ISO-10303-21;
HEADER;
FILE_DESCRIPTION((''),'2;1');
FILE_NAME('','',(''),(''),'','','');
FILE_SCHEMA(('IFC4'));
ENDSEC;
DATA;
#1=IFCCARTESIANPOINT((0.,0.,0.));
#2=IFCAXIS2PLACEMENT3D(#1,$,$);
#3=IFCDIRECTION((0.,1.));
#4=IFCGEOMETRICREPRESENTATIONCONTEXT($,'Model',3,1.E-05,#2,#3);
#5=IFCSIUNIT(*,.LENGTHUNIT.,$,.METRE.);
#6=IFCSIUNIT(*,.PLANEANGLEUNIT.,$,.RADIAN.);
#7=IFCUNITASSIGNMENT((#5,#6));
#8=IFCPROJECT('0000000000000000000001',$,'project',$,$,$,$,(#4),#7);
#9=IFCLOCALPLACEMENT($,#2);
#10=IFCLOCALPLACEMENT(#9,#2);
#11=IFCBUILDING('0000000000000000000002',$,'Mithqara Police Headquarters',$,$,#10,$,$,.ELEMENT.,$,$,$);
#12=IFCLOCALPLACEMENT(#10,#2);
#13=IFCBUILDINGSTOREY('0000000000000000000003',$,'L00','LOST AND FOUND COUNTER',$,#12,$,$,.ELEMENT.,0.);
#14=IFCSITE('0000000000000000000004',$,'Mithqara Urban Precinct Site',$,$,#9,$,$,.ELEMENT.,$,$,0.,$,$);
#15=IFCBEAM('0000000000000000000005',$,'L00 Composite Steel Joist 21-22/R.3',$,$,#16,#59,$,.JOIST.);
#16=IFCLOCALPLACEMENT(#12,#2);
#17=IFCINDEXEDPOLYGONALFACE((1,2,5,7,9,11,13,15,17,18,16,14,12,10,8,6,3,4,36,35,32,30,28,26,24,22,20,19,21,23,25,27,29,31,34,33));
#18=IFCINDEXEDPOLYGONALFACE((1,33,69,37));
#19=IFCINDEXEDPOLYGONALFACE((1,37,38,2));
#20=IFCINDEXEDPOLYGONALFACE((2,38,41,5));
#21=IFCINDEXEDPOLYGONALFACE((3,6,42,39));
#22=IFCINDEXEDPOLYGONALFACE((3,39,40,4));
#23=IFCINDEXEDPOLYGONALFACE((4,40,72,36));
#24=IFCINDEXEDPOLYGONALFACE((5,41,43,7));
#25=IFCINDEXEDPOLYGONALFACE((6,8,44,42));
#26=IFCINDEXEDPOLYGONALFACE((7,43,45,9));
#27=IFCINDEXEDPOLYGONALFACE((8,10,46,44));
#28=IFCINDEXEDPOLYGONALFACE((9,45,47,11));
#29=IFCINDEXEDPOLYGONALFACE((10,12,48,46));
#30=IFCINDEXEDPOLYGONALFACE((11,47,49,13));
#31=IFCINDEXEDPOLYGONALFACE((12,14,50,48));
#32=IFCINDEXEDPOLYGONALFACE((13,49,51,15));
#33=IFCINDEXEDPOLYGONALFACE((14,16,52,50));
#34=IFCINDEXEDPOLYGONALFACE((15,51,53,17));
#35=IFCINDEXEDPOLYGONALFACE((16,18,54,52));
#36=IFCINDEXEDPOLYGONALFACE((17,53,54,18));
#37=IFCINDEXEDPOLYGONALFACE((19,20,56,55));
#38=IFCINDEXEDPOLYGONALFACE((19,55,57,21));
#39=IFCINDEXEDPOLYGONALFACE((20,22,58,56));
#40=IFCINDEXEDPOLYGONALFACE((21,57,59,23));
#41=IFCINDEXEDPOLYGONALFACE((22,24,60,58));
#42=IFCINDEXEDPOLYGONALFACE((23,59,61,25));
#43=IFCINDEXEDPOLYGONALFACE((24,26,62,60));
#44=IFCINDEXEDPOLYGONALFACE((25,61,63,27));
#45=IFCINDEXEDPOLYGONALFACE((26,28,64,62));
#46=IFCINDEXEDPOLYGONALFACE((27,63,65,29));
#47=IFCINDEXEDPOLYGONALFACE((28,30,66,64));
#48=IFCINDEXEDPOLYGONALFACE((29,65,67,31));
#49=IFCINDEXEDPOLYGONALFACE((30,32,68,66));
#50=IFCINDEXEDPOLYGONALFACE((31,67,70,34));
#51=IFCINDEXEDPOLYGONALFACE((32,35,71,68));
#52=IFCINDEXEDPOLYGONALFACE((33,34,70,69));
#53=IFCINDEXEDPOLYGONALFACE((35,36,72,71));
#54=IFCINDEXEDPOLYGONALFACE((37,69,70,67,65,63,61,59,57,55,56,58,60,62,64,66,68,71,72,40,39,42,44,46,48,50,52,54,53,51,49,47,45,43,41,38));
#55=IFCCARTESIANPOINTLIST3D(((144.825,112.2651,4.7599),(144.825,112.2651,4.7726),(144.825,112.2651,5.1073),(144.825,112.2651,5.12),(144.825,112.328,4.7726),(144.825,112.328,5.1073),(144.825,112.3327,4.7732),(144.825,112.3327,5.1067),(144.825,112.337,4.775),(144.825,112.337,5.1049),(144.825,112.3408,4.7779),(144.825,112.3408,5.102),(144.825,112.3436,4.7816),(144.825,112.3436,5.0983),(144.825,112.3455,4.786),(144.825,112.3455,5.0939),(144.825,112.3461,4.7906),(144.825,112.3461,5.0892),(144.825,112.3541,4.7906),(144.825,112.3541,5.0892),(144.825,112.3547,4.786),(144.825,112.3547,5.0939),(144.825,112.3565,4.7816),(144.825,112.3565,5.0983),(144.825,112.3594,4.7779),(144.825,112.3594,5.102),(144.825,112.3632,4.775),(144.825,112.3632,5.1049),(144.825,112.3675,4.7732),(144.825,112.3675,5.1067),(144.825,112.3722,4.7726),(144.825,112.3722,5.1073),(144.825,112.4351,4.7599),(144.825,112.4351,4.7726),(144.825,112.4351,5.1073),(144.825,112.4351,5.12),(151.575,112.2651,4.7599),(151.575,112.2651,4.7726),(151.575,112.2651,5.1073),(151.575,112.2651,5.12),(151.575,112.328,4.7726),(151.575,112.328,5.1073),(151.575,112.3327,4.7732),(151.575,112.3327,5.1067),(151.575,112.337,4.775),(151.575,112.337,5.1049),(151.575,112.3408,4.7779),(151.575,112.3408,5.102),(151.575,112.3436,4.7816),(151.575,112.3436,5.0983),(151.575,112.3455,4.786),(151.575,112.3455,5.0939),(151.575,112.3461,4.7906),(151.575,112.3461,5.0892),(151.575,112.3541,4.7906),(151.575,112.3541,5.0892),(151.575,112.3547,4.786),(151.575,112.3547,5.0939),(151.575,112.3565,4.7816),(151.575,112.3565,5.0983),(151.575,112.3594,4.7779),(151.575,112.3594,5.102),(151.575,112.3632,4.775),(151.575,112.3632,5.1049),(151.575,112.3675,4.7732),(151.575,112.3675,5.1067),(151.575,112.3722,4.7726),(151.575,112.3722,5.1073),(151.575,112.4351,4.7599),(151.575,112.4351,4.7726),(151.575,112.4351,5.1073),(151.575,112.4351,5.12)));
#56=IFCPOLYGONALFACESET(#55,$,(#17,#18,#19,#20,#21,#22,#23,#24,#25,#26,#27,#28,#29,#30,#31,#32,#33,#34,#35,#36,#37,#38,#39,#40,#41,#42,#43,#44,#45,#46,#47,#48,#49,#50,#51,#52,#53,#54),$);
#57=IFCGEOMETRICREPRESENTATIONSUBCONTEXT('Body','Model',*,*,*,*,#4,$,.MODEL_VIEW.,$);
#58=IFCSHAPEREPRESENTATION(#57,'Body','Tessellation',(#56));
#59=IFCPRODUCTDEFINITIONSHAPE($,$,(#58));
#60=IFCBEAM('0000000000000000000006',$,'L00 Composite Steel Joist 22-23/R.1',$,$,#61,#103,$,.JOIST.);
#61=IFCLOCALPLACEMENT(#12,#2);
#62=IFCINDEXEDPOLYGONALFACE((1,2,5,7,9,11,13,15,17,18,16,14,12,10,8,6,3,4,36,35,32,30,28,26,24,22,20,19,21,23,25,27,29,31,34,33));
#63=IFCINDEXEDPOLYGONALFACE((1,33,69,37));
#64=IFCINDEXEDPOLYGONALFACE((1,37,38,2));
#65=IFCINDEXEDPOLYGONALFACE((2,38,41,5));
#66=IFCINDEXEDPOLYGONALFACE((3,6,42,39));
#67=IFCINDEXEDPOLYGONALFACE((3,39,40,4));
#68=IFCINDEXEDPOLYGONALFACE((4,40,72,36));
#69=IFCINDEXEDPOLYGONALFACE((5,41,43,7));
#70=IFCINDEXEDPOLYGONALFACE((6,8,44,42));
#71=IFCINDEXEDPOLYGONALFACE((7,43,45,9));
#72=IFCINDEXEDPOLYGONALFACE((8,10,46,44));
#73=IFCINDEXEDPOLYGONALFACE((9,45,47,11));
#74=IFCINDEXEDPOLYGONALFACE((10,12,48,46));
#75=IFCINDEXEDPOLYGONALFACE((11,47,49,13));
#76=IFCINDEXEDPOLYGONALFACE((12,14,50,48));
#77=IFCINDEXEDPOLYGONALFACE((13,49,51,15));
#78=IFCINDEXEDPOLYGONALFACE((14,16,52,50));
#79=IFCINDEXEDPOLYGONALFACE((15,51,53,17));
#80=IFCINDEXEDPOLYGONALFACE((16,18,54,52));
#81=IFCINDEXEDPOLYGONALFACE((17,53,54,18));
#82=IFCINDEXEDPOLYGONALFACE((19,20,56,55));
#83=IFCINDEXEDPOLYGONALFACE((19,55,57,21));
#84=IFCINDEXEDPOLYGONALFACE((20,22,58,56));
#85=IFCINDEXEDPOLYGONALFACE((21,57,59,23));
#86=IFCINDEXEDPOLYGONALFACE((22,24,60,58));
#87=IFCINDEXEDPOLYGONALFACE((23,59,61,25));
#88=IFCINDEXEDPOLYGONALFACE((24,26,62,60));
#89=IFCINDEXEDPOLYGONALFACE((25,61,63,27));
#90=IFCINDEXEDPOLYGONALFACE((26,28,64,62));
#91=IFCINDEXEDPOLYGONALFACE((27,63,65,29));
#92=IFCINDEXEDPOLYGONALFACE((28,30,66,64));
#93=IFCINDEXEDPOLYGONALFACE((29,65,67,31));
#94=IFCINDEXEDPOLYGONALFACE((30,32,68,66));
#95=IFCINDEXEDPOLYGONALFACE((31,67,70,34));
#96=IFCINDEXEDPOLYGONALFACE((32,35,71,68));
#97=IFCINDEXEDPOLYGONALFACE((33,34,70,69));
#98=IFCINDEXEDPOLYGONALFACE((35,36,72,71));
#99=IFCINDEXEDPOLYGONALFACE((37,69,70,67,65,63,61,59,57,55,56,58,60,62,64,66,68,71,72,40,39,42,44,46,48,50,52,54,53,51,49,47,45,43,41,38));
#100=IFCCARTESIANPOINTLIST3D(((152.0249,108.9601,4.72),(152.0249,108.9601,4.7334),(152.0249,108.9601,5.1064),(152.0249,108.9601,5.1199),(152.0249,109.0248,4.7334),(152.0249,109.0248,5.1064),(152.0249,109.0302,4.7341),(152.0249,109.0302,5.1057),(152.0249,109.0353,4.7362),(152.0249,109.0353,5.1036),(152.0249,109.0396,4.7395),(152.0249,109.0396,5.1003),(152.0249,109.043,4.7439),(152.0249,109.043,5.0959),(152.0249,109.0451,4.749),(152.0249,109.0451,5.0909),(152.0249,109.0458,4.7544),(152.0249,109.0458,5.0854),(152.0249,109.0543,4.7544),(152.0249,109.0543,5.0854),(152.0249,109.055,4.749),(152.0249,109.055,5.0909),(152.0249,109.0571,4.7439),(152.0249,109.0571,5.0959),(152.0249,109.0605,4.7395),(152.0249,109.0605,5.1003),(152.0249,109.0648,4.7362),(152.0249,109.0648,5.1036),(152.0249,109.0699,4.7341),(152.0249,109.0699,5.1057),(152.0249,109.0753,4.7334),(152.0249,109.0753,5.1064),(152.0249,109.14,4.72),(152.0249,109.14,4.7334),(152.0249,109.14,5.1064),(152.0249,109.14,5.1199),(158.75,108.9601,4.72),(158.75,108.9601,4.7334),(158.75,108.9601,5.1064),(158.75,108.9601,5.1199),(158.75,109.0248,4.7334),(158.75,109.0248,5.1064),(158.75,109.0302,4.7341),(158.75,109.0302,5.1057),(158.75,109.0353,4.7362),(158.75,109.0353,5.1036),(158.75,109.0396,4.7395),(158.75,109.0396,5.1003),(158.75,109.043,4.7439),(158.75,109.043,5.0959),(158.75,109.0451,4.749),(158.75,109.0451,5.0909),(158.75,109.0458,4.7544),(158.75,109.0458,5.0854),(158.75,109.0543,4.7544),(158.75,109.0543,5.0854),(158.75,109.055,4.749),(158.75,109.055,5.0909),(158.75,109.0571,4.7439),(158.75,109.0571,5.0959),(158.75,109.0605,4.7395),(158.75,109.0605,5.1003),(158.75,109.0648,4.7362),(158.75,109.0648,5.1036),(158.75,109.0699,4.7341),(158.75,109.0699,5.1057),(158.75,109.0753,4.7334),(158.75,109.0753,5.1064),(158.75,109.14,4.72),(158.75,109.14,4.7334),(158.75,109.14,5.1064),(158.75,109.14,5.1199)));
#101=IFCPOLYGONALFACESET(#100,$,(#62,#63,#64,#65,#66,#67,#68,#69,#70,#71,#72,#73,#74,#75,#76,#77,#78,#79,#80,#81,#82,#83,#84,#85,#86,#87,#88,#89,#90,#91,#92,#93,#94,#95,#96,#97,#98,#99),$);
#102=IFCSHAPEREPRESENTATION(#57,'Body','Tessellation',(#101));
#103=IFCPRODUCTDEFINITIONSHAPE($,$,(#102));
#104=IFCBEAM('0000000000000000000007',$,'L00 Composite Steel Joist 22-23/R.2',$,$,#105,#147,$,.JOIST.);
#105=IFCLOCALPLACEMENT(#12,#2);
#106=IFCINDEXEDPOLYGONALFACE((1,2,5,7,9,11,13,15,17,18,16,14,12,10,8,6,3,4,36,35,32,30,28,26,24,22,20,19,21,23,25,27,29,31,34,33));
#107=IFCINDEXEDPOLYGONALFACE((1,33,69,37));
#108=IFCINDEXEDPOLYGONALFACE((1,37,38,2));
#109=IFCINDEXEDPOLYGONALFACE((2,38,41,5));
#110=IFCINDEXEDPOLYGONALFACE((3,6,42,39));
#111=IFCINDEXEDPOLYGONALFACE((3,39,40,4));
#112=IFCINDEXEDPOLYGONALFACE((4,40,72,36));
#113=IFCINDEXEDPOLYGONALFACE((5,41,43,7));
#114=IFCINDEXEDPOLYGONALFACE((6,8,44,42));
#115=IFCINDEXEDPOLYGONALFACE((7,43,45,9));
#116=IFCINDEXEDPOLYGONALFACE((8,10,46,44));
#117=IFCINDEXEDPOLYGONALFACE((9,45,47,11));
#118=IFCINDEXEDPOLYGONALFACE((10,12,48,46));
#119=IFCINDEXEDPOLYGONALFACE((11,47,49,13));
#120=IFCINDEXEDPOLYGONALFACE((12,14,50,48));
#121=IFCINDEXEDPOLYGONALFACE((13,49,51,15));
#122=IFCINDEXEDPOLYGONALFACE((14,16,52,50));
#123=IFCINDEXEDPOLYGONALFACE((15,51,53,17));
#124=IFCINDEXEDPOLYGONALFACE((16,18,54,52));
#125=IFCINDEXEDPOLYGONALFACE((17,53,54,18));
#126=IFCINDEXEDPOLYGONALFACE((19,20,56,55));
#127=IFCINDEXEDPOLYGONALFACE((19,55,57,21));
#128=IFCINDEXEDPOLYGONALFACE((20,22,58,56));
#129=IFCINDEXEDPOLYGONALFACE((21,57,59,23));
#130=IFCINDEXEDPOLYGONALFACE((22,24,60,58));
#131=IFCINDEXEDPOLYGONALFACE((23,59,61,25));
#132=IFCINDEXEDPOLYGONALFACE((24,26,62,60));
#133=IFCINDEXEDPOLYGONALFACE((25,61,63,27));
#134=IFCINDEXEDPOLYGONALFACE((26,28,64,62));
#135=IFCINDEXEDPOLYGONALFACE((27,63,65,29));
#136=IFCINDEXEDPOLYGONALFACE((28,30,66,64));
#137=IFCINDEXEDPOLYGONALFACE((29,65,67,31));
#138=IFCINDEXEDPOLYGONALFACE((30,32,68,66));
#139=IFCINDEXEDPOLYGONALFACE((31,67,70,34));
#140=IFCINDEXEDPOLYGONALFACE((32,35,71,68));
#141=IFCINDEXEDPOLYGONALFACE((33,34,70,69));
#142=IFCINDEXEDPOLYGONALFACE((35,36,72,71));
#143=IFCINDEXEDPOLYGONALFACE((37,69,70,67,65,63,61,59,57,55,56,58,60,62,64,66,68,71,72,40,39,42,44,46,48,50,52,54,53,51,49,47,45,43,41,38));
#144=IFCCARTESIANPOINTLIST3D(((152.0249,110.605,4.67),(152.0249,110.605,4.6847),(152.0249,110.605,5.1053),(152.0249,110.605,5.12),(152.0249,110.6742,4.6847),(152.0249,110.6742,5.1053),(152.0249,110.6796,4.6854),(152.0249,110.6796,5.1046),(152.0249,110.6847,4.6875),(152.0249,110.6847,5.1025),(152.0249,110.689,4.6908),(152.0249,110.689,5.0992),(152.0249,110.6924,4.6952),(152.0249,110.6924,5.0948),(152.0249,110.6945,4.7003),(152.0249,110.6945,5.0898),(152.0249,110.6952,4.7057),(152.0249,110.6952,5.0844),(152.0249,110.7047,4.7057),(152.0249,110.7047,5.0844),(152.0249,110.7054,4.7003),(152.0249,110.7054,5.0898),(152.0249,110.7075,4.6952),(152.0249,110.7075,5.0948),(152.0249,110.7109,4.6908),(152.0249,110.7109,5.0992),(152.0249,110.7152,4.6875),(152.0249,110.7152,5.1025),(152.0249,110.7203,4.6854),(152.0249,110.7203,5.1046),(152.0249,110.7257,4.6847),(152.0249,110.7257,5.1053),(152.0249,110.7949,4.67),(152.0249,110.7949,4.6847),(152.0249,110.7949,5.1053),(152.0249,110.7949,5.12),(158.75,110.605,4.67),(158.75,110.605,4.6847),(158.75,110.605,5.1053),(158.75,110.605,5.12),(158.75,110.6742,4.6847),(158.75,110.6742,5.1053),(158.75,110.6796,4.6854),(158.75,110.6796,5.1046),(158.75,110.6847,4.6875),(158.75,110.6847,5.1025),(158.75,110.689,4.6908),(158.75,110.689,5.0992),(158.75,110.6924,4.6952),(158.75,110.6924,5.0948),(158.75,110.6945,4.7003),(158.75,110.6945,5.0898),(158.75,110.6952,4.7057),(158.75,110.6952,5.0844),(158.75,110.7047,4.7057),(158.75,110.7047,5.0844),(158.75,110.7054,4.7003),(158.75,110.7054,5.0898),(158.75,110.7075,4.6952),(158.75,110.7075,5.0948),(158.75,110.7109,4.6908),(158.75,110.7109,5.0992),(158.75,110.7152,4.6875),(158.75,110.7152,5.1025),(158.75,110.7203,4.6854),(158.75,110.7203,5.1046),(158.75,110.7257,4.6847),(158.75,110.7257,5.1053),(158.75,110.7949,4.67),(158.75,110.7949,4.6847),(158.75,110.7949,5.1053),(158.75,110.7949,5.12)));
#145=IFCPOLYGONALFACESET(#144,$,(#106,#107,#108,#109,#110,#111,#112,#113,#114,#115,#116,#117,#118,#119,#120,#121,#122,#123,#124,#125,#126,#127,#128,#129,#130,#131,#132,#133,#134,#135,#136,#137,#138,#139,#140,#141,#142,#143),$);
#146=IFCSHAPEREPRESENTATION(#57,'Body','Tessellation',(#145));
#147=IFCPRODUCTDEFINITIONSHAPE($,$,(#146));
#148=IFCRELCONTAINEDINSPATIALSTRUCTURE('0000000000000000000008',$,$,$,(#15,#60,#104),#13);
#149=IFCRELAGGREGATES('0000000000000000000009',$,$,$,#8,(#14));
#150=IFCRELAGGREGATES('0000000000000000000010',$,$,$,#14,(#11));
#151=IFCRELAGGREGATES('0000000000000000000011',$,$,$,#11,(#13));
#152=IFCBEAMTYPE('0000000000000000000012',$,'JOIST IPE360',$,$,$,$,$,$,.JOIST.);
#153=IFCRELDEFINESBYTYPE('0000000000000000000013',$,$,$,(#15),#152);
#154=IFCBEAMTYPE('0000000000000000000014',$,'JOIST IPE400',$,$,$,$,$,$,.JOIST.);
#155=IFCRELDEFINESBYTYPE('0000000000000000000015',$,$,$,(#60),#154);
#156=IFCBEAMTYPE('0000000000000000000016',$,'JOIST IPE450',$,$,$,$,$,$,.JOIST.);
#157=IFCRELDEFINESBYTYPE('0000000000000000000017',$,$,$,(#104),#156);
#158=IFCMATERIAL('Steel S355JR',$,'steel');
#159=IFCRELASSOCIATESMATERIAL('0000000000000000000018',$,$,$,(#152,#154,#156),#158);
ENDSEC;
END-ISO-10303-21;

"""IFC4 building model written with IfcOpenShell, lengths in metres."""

from ifc_helpers import new_model, si_unit, direction, frame, origin, origin_2d, place, context, subcontext, project, spatial, i_section, extrude, material, material_profile, profile_set, type_object, element, save


model = new_model("IFC4")

# Units and contexts
model_context = context("Model", 3, precision=1e-05, world=origin(), true_north=direction((0.0, 1.0)))
body_context = subcontext(model_context, "Body", "Model", "MODEL_VIEW")
ifc_project = project(units=[si_unit("LENGTHUNIT", "METRE"), si_unit("PLANEANGLEUNIT", "RADIAN")], contexts=[model_context])

# Site, building, storey
site_placement = place(None, origin())
site = spatial("IfcSite", under=ifc_project, at=site_placement, Name="Mithqara Urban Precinct Site", CompositionType="ELEMENT", RefElevation=0.0)
building_placement = place(site_placement, origin())
building = spatial("IfcBuilding", under=site, at=building_placement, Name="Mithqara Police Headquarters", CompositionType="ELEMENT")
storey_placement = place(building_placement, origin())
storey = spatial("IfcBuildingStorey", under=building, at=storey_placement, Name="L00", Description="LOST AND FOUND COUNTER", CompositionType="ELEMENT", Elevation=0.0)

# Beams
ifc_material_1 = material(Name="Steel S355JR", Category="steel")
ifc_material_profile_1 = material_profile(ifc_material_1, i_section(OverallWidth=0.1699, OverallDepth=0.3601, WebThickness=0.0081, FlangeThickness=0.0127, FilletRadius=0.0181, at=origin_2d()), Name="IPE 360")
ifc_profile_set_1 = profile_set([ifc_material_profile_1], Name="Steel S355JR")
beam_type_1 = type_object("IfcBeamType", Name="JOIST IPE360", PredefinedType="JOIST", material=ifc_profile_set_1)
beam_1_placement = place(storey_placement, frame((144.825, 112.3501, 4.9399), z_axis=(1.0, 0.0, 0.0), x_axis=(0.0, 1.0, 0.0)))
element("IfcBeam", 1, at=beam_1_placement, inside=storey, type_object=beam_type_1, Name="L00 Composite Steel Joist 21-22/R.3", PredefinedType="JOIST", context=body_context, shape_type="SweptSolid", body=[
    extrude(i_section(OverallWidth=0.1699, OverallDepth=0.3601, WebThickness=0.0081, FlangeThickness=0.0127, FilletRadius=0.0181, at=origin_2d()), origin(), (0.0, 0.0, 1.0), 6.75),
])
ifc_material_profile_2 = material_profile(ifc_material_1, i_section(OverallWidth=0.1799, OverallDepth=0.3999, WebThickness=0.0085, FlangeThickness=0.0134, FilletRadius=0.021, at=origin_2d()), Name="IPE 400")
ifc_profile_set_2 = profile_set([ifc_material_profile_2], Name="Steel S355JR")
beam_type_2 = type_object("IfcBeamType", Name="JOIST IPE400", PredefinedType="JOIST", material=ifc_profile_set_2)
beam_2_placement = place(storey_placement, frame((152.0249, 109.05, 4.9199), z_axis=(1.0, 0.0, 0.0), x_axis=(0.0, 1.0, 0.0)))
element("IfcBeam", 2, at=beam_2_placement, inside=storey, type_object=beam_type_2, Name="L00 Composite Steel Joist 22-23/R.1", PredefinedType="JOIST", context=body_context, shape_type="SweptSolid", body=[
    extrude(i_section(OverallWidth=0.1799, OverallDepth=0.3999, WebThickness=0.0085, FlangeThickness=0.0134, FilletRadius=0.021, at=origin_2d()), origin(), (0.0, 0.0, 1.0), 6.7251),
])
ifc_material_profile_3 = material_profile(ifc_material_1, i_section(OverallWidth=0.1899, OverallDepth=0.45, WebThickness=0.0095, FlangeThickness=0.0146, FilletRadius=0.021, at=origin_2d()), Name="IPE 450")
ifc_profile_set_3 = profile_set([ifc_material_profile_3], Name="Steel S355JR")
beam_type_3 = type_object("IfcBeamType", Name="JOIST IPE450", PredefinedType="JOIST", material=ifc_profile_set_3)
beam_3_placement = place(storey_placement, frame((152.0249, 110.7, 4.895), z_axis=(1.0, 0.0, 0.0), x_axis=(0.0, 1.0, 0.0)))
element("IfcBeam", 3, at=beam_3_placement, inside=storey, type_object=beam_type_3, Name="L00 Composite Steel Joist 22-23/R.2", PredefinedType="JOIST", context=body_context, shape_type="SweptSolid", body=[
    extrude(i_section(OverallWidth=0.1899, OverallDepth=0.45, WebThickness=0.0095, FlangeThickness=0.0146, FilletRadius=0.021, at=origin_2d()), origin(), (0.0, 0.0, 1.0), 6.7251),
])

save(model, "model.ifc")
